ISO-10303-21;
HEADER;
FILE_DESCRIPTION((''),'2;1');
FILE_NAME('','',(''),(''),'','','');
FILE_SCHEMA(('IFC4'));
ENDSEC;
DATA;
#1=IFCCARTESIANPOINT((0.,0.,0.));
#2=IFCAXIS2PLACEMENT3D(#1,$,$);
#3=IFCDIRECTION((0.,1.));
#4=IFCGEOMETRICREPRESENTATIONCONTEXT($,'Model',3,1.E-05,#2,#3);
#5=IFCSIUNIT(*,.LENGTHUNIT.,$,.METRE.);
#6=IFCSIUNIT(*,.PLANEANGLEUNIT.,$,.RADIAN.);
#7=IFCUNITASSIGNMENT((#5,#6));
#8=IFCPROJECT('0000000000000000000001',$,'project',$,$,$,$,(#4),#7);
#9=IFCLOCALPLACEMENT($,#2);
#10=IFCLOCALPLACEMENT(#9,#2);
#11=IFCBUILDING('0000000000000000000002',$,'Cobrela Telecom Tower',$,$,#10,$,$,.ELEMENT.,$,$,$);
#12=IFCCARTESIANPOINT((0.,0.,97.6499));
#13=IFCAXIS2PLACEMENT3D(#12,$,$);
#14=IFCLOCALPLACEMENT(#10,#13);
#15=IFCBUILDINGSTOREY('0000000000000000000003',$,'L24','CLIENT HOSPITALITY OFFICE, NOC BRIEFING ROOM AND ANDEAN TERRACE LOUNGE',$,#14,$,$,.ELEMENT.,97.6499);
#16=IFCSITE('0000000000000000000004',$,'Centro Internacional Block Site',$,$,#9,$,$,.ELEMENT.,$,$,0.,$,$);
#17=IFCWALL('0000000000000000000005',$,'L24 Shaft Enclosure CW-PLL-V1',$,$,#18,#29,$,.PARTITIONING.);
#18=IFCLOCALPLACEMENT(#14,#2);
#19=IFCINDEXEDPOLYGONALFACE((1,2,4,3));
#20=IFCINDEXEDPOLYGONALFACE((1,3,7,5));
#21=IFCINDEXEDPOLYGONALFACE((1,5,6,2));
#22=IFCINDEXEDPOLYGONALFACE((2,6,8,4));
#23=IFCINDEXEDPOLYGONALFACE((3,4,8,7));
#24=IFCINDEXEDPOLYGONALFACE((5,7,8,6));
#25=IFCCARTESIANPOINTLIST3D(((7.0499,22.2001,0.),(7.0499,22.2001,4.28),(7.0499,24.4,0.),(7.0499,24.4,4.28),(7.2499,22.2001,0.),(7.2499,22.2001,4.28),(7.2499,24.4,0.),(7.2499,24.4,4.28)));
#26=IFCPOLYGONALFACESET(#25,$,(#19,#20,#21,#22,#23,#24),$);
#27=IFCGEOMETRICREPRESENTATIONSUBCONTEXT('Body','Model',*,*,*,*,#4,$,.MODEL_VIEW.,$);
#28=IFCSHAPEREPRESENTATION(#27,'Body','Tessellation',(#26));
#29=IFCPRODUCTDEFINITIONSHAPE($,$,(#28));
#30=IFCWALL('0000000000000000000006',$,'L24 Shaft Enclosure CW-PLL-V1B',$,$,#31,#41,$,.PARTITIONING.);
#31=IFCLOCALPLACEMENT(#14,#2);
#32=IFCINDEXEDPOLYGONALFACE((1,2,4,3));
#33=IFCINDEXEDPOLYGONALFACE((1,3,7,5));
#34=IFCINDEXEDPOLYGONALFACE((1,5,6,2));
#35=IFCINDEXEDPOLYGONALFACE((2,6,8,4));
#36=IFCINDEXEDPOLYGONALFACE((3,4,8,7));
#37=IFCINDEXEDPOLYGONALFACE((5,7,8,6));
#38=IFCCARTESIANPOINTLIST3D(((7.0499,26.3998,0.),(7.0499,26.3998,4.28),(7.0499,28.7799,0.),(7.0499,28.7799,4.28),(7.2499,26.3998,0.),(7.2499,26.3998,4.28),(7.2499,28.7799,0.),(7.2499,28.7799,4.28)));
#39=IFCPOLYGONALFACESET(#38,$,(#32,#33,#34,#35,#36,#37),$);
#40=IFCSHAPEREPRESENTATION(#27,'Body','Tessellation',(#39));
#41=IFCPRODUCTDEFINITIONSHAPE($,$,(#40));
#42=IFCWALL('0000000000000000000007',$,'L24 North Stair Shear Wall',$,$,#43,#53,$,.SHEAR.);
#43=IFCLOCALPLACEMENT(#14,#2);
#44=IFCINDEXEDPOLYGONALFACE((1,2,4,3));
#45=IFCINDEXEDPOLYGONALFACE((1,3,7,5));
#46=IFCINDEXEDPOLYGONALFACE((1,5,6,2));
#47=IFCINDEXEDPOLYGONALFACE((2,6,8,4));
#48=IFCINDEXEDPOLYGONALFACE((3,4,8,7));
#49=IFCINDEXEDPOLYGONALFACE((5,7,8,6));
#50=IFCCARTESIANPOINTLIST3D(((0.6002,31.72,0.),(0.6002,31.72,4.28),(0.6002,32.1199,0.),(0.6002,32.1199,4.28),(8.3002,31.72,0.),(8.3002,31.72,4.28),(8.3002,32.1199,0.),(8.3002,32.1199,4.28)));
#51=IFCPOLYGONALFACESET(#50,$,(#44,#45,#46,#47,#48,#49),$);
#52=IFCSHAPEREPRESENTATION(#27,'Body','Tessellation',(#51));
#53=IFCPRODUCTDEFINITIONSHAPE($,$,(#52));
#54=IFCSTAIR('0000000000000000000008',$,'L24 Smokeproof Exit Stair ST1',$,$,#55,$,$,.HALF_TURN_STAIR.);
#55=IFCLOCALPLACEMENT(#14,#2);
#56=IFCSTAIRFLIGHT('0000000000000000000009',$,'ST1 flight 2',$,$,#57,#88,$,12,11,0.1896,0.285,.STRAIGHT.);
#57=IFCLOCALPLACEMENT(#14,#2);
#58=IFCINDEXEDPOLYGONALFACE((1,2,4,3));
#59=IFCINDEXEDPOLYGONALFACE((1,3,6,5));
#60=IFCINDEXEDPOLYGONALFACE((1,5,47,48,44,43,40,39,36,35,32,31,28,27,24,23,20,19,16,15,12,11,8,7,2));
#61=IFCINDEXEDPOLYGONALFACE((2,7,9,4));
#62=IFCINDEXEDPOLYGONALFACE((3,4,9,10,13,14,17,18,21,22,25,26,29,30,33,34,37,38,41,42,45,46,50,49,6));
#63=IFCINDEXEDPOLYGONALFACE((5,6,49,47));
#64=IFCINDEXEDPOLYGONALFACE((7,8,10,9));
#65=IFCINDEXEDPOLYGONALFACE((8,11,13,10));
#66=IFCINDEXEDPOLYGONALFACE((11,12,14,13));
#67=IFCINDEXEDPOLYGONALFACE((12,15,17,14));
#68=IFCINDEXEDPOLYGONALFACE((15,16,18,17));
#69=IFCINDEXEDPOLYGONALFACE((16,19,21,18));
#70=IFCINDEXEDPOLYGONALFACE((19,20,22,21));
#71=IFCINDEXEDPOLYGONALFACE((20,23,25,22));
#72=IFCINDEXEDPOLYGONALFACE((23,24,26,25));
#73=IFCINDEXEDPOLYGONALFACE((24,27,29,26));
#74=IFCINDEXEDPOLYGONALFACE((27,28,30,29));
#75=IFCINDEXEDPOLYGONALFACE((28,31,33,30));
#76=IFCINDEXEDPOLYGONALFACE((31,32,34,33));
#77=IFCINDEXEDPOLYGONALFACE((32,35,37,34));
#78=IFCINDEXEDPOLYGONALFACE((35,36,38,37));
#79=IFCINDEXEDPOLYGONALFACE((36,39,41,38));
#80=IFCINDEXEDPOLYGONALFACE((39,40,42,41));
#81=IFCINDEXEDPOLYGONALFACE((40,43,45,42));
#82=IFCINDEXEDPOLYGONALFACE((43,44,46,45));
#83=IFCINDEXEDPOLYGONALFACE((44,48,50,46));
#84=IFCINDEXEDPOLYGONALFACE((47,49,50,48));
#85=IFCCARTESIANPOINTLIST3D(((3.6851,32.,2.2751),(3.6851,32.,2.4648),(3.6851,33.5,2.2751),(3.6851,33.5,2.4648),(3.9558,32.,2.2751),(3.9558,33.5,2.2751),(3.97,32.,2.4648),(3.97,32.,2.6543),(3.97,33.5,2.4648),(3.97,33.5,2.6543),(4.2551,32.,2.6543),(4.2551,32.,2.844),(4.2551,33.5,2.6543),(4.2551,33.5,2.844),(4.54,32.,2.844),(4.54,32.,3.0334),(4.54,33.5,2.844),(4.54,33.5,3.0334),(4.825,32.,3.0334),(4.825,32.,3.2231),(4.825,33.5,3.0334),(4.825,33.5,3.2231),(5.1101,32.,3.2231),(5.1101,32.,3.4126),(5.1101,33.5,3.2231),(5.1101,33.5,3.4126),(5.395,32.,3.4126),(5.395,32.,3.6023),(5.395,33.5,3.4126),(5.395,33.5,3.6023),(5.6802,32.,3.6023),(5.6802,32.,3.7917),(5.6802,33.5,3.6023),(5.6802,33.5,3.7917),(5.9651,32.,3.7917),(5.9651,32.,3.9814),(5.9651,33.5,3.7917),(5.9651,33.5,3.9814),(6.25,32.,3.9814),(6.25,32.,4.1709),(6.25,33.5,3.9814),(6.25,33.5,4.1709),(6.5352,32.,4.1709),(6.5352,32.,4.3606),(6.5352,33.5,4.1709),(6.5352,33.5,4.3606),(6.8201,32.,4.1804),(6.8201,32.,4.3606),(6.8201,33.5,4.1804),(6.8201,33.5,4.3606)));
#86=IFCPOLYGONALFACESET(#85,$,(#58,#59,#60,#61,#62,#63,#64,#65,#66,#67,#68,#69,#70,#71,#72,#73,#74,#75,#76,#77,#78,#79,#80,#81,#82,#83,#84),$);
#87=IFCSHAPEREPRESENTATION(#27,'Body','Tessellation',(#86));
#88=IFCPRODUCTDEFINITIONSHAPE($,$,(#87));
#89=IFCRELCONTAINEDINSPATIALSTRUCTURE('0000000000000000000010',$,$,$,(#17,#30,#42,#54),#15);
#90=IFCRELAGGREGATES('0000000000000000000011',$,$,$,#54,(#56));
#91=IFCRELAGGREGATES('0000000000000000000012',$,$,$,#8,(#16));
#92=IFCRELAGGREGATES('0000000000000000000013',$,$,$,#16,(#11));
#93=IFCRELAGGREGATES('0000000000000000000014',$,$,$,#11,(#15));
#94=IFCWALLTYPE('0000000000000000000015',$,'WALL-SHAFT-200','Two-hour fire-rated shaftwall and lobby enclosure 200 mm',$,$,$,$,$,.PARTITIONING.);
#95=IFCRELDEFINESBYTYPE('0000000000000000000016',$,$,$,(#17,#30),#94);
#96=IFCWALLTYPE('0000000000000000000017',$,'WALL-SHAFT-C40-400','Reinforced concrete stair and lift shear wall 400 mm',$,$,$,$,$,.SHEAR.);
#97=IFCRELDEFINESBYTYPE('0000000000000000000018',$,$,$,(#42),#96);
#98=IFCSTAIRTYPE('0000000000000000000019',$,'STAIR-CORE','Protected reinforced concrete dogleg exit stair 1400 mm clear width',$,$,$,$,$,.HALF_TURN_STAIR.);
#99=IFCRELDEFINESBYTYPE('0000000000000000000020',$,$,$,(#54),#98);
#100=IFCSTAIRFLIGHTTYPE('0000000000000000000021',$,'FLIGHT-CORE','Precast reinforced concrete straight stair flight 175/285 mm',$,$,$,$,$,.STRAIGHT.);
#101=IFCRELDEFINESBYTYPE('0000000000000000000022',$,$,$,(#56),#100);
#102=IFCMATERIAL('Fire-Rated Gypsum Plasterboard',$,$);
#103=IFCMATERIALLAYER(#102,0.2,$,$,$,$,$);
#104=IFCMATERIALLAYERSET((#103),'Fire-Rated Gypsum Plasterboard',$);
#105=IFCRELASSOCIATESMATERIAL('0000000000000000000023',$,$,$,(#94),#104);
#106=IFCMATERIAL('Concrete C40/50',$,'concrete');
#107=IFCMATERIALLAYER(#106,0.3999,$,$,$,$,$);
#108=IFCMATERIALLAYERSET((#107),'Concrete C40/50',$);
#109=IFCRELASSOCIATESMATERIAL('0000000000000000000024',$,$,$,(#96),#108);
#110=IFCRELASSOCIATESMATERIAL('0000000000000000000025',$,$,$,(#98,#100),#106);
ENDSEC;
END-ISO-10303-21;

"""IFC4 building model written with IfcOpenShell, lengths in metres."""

from ifc_helpers import new_model, si_unit, direction, frame, frame_2d, origin, place, context, subcontext, project, spatial, polyline, rectangle, outline, extrude, material, layer, layer_set, type_object, element, aggregate, save


model = new_model("IFC4")

# Units and contexts
model_context = context("Model", 3, precision=1e-05, world=origin(), true_north=direction((0.0, 1.0)))
body_context = subcontext(model_context, "Body", "Model", "MODEL_VIEW")
ifc_project = project(units=[si_unit("LENGTHUNIT", "METRE"), si_unit("PLANEANGLEUNIT", "RADIAN")], contexts=[model_context])

# Site, building, storey
site_placement = place(None, origin())
site = spatial("IfcSite", under=ifc_project, at=site_placement, Name="Centro Internacional Block Site", CompositionType="ELEMENT", RefElevation=0.0)
building_placement = place(site_placement, origin())
building = spatial("IfcBuilding", under=site, at=building_placement, Name="Cobrela Telecom Tower", CompositionType="ELEMENT")
storey_placement = place(building_placement, frame((0.0, 0.0, 97.6499)))
storey = spatial("IfcBuildingStorey", under=building, at=storey_placement, Name="L24", Description="CLIENT HOSPITALITY OFFICE, NOC BRIEFING ROOM AND ANDEAN TERRACE LOUNGE", CompositionType="ELEMENT", Elevation=97.6499)

# Shared definitions
ifc_material_1 = material(Name="Concrete C40/50", Category="concrete")

# Shared definitions
ifc_material_2 = material(Name="Fire-Rated Gypsum Plasterboard")
ifc_layer_1 = layer(ifc_material_2, 0.2)
ifc_layer_set_1 = layer_set([ifc_layer_1], Name="Fire-Rated Gypsum Plasterboard")
wall_type_1 = type_object("IfcWallType", Name="WALL-SHAFT-200", Description="Two-hour fire-rated shaftwall and lobby enclosure 200 mm", PredefinedType="PARTITIONING", material=ifc_layer_set_1)

# Walls
wall_1_placement = place(storey_placement, frame((7.1499, 22.2, 0.0), z_axis=(0.0, 0.0, 1.0), x_axis=(0.0, 1.0, 0.0)))
element("IfcWall", 1, at=wall_1_placement, inside=storey, type_object=wall_type_1, Name="L24 Shaft Enclosure CW-PLL-V1", PredefinedType="PARTITIONING", context=body_context, shape_type="SweptSolid", body=[
    extrude(rectangle(XDim=2.2, YDim=0.2, at=frame_2d((1.1001, 0.0))), origin(), (0.0, 0.0, 1.0), 4.28),
])
wall_2_placement = place(storey_placement, frame((7.1499, 26.3999, 0.0), z_axis=(0.0, 0.0, 1.0), x_axis=(0.0, 1.0, 0.0)))
element("IfcWall", 2, at=wall_2_placement, inside=storey, type_object=wall_type_1, Name="L24 Shaft Enclosure CW-PLL-V1B", PredefinedType="PARTITIONING", context=body_context, shape_type="SweptSolid", body=[
    extrude(rectangle(XDim=2.3801, YDim=0.2, at=frame_2d((1.1899, 0.0))), origin(), (0.0, 0.0, 1.0), 4.28),
])
ifc_layer_2 = layer(ifc_material_1, 0.3999)
ifc_layer_set_2 = layer_set([ifc_layer_2], Name="Concrete C40/50")
wall_type_2 = type_object("IfcWallType", Name="WALL-SHAFT-C40-400", Description="Reinforced concrete stair and lift shear wall 400 mm", PredefinedType="SHEAR", material=ifc_layer_set_2)
wall_3_placement = place(storey_placement, frame((0.6001, 31.9199, 0.0), z_axis=(0.0, 0.0, 1.0), x_axis=(1.0, 0.0, 0.0)))
element("IfcWall", 3, at=wall_3_placement, inside=storey, type_object=wall_type_2, Name="L24 North Stair Shear Wall", PredefinedType="SHEAR", context=body_context, shape_type="SweptSolid", body=[
    extrude(rectangle(XDim=7.7, YDim=0.3999, at=frame_2d((3.8501, 0.0))), origin(), (0.0, 0.0, 1.0), 4.28),
])

# Stair, stair flight
stair_type = type_object("IfcStairType", Name="STAIR-CORE", Description="Protected reinforced concrete dogleg exit stair 1400 mm clear width", PredefinedType="HALF_TURN_STAIR", material=ifc_material_1)
stair_placement = place(storey_placement, origin())
stair = element("IfcStair", 4, at=stair_placement, inside=storey, type_object=stair_type, Name="L24 Smokeproof Exit Stair ST1", PredefinedType="HALF_TURN_STAIR")
stair_flight_type = type_object("IfcStairFlightType", Name="FLIGHT-CORE", Description="Precast reinforced concrete straight stair flight 175/285 mm", PredefinedType="STRAIGHT", material=ifc_material_1)
stair_flight_placement = place(storey_placement, frame((3.6851, 32.75, 2.2751), z_axis=(0.0, 0.0, 1.0), x_axis=(1.0, 0.0, 0.0)))
stair_flight = element("IfcStairFlight", 5, at=stair_flight_placement, type_object=stair_flight_type, Name="ST1 flight 2", NumberOfRisers=12, NumberOfTreads=11, PredefinedType="STRAIGHT", RiserHeight=0.1896, TreadLength=0.285, context=body_context, shape_type="SweptSolid", body=[
    extrude(outline(polyline([(0.0, 0.0), (0.0, 0.1897), (0.2849, 0.1897), (0.2849, 0.3792), (0.5701, 0.3792), (0.5701, 0.5688), (0.855, 0.5688), (0.855, 0.7583), (1.1399, 0.7583), (1.1399, 0.948), (1.425, 0.948), (1.425, 1.1375), (1.71, 1.1375), (1.71, 1.3271), (1.9951, 1.3271), (1.9951, 1.5166), (2.28, 1.5166), (2.28, 1.7063), (2.5649, 1.7063), (2.5649, 1.8958), (2.8501, 1.8958), (2.8501, 2.0854), (3.135, 2.0854), (3.135, 2.2749), (3.135, 1.9053), (0.2708, 0.0), (0.0, 0.0)])), frame((0.0, 0.75, 0.0), z_axis=(0.0, -1.0, 0.0), x_axis=(1.0, 0.0, 0.0)), (0.0, 0.0, 1.0), 1.5),
])
aggregate(stair, [stair_flight])

save(model, "model.ifc")
